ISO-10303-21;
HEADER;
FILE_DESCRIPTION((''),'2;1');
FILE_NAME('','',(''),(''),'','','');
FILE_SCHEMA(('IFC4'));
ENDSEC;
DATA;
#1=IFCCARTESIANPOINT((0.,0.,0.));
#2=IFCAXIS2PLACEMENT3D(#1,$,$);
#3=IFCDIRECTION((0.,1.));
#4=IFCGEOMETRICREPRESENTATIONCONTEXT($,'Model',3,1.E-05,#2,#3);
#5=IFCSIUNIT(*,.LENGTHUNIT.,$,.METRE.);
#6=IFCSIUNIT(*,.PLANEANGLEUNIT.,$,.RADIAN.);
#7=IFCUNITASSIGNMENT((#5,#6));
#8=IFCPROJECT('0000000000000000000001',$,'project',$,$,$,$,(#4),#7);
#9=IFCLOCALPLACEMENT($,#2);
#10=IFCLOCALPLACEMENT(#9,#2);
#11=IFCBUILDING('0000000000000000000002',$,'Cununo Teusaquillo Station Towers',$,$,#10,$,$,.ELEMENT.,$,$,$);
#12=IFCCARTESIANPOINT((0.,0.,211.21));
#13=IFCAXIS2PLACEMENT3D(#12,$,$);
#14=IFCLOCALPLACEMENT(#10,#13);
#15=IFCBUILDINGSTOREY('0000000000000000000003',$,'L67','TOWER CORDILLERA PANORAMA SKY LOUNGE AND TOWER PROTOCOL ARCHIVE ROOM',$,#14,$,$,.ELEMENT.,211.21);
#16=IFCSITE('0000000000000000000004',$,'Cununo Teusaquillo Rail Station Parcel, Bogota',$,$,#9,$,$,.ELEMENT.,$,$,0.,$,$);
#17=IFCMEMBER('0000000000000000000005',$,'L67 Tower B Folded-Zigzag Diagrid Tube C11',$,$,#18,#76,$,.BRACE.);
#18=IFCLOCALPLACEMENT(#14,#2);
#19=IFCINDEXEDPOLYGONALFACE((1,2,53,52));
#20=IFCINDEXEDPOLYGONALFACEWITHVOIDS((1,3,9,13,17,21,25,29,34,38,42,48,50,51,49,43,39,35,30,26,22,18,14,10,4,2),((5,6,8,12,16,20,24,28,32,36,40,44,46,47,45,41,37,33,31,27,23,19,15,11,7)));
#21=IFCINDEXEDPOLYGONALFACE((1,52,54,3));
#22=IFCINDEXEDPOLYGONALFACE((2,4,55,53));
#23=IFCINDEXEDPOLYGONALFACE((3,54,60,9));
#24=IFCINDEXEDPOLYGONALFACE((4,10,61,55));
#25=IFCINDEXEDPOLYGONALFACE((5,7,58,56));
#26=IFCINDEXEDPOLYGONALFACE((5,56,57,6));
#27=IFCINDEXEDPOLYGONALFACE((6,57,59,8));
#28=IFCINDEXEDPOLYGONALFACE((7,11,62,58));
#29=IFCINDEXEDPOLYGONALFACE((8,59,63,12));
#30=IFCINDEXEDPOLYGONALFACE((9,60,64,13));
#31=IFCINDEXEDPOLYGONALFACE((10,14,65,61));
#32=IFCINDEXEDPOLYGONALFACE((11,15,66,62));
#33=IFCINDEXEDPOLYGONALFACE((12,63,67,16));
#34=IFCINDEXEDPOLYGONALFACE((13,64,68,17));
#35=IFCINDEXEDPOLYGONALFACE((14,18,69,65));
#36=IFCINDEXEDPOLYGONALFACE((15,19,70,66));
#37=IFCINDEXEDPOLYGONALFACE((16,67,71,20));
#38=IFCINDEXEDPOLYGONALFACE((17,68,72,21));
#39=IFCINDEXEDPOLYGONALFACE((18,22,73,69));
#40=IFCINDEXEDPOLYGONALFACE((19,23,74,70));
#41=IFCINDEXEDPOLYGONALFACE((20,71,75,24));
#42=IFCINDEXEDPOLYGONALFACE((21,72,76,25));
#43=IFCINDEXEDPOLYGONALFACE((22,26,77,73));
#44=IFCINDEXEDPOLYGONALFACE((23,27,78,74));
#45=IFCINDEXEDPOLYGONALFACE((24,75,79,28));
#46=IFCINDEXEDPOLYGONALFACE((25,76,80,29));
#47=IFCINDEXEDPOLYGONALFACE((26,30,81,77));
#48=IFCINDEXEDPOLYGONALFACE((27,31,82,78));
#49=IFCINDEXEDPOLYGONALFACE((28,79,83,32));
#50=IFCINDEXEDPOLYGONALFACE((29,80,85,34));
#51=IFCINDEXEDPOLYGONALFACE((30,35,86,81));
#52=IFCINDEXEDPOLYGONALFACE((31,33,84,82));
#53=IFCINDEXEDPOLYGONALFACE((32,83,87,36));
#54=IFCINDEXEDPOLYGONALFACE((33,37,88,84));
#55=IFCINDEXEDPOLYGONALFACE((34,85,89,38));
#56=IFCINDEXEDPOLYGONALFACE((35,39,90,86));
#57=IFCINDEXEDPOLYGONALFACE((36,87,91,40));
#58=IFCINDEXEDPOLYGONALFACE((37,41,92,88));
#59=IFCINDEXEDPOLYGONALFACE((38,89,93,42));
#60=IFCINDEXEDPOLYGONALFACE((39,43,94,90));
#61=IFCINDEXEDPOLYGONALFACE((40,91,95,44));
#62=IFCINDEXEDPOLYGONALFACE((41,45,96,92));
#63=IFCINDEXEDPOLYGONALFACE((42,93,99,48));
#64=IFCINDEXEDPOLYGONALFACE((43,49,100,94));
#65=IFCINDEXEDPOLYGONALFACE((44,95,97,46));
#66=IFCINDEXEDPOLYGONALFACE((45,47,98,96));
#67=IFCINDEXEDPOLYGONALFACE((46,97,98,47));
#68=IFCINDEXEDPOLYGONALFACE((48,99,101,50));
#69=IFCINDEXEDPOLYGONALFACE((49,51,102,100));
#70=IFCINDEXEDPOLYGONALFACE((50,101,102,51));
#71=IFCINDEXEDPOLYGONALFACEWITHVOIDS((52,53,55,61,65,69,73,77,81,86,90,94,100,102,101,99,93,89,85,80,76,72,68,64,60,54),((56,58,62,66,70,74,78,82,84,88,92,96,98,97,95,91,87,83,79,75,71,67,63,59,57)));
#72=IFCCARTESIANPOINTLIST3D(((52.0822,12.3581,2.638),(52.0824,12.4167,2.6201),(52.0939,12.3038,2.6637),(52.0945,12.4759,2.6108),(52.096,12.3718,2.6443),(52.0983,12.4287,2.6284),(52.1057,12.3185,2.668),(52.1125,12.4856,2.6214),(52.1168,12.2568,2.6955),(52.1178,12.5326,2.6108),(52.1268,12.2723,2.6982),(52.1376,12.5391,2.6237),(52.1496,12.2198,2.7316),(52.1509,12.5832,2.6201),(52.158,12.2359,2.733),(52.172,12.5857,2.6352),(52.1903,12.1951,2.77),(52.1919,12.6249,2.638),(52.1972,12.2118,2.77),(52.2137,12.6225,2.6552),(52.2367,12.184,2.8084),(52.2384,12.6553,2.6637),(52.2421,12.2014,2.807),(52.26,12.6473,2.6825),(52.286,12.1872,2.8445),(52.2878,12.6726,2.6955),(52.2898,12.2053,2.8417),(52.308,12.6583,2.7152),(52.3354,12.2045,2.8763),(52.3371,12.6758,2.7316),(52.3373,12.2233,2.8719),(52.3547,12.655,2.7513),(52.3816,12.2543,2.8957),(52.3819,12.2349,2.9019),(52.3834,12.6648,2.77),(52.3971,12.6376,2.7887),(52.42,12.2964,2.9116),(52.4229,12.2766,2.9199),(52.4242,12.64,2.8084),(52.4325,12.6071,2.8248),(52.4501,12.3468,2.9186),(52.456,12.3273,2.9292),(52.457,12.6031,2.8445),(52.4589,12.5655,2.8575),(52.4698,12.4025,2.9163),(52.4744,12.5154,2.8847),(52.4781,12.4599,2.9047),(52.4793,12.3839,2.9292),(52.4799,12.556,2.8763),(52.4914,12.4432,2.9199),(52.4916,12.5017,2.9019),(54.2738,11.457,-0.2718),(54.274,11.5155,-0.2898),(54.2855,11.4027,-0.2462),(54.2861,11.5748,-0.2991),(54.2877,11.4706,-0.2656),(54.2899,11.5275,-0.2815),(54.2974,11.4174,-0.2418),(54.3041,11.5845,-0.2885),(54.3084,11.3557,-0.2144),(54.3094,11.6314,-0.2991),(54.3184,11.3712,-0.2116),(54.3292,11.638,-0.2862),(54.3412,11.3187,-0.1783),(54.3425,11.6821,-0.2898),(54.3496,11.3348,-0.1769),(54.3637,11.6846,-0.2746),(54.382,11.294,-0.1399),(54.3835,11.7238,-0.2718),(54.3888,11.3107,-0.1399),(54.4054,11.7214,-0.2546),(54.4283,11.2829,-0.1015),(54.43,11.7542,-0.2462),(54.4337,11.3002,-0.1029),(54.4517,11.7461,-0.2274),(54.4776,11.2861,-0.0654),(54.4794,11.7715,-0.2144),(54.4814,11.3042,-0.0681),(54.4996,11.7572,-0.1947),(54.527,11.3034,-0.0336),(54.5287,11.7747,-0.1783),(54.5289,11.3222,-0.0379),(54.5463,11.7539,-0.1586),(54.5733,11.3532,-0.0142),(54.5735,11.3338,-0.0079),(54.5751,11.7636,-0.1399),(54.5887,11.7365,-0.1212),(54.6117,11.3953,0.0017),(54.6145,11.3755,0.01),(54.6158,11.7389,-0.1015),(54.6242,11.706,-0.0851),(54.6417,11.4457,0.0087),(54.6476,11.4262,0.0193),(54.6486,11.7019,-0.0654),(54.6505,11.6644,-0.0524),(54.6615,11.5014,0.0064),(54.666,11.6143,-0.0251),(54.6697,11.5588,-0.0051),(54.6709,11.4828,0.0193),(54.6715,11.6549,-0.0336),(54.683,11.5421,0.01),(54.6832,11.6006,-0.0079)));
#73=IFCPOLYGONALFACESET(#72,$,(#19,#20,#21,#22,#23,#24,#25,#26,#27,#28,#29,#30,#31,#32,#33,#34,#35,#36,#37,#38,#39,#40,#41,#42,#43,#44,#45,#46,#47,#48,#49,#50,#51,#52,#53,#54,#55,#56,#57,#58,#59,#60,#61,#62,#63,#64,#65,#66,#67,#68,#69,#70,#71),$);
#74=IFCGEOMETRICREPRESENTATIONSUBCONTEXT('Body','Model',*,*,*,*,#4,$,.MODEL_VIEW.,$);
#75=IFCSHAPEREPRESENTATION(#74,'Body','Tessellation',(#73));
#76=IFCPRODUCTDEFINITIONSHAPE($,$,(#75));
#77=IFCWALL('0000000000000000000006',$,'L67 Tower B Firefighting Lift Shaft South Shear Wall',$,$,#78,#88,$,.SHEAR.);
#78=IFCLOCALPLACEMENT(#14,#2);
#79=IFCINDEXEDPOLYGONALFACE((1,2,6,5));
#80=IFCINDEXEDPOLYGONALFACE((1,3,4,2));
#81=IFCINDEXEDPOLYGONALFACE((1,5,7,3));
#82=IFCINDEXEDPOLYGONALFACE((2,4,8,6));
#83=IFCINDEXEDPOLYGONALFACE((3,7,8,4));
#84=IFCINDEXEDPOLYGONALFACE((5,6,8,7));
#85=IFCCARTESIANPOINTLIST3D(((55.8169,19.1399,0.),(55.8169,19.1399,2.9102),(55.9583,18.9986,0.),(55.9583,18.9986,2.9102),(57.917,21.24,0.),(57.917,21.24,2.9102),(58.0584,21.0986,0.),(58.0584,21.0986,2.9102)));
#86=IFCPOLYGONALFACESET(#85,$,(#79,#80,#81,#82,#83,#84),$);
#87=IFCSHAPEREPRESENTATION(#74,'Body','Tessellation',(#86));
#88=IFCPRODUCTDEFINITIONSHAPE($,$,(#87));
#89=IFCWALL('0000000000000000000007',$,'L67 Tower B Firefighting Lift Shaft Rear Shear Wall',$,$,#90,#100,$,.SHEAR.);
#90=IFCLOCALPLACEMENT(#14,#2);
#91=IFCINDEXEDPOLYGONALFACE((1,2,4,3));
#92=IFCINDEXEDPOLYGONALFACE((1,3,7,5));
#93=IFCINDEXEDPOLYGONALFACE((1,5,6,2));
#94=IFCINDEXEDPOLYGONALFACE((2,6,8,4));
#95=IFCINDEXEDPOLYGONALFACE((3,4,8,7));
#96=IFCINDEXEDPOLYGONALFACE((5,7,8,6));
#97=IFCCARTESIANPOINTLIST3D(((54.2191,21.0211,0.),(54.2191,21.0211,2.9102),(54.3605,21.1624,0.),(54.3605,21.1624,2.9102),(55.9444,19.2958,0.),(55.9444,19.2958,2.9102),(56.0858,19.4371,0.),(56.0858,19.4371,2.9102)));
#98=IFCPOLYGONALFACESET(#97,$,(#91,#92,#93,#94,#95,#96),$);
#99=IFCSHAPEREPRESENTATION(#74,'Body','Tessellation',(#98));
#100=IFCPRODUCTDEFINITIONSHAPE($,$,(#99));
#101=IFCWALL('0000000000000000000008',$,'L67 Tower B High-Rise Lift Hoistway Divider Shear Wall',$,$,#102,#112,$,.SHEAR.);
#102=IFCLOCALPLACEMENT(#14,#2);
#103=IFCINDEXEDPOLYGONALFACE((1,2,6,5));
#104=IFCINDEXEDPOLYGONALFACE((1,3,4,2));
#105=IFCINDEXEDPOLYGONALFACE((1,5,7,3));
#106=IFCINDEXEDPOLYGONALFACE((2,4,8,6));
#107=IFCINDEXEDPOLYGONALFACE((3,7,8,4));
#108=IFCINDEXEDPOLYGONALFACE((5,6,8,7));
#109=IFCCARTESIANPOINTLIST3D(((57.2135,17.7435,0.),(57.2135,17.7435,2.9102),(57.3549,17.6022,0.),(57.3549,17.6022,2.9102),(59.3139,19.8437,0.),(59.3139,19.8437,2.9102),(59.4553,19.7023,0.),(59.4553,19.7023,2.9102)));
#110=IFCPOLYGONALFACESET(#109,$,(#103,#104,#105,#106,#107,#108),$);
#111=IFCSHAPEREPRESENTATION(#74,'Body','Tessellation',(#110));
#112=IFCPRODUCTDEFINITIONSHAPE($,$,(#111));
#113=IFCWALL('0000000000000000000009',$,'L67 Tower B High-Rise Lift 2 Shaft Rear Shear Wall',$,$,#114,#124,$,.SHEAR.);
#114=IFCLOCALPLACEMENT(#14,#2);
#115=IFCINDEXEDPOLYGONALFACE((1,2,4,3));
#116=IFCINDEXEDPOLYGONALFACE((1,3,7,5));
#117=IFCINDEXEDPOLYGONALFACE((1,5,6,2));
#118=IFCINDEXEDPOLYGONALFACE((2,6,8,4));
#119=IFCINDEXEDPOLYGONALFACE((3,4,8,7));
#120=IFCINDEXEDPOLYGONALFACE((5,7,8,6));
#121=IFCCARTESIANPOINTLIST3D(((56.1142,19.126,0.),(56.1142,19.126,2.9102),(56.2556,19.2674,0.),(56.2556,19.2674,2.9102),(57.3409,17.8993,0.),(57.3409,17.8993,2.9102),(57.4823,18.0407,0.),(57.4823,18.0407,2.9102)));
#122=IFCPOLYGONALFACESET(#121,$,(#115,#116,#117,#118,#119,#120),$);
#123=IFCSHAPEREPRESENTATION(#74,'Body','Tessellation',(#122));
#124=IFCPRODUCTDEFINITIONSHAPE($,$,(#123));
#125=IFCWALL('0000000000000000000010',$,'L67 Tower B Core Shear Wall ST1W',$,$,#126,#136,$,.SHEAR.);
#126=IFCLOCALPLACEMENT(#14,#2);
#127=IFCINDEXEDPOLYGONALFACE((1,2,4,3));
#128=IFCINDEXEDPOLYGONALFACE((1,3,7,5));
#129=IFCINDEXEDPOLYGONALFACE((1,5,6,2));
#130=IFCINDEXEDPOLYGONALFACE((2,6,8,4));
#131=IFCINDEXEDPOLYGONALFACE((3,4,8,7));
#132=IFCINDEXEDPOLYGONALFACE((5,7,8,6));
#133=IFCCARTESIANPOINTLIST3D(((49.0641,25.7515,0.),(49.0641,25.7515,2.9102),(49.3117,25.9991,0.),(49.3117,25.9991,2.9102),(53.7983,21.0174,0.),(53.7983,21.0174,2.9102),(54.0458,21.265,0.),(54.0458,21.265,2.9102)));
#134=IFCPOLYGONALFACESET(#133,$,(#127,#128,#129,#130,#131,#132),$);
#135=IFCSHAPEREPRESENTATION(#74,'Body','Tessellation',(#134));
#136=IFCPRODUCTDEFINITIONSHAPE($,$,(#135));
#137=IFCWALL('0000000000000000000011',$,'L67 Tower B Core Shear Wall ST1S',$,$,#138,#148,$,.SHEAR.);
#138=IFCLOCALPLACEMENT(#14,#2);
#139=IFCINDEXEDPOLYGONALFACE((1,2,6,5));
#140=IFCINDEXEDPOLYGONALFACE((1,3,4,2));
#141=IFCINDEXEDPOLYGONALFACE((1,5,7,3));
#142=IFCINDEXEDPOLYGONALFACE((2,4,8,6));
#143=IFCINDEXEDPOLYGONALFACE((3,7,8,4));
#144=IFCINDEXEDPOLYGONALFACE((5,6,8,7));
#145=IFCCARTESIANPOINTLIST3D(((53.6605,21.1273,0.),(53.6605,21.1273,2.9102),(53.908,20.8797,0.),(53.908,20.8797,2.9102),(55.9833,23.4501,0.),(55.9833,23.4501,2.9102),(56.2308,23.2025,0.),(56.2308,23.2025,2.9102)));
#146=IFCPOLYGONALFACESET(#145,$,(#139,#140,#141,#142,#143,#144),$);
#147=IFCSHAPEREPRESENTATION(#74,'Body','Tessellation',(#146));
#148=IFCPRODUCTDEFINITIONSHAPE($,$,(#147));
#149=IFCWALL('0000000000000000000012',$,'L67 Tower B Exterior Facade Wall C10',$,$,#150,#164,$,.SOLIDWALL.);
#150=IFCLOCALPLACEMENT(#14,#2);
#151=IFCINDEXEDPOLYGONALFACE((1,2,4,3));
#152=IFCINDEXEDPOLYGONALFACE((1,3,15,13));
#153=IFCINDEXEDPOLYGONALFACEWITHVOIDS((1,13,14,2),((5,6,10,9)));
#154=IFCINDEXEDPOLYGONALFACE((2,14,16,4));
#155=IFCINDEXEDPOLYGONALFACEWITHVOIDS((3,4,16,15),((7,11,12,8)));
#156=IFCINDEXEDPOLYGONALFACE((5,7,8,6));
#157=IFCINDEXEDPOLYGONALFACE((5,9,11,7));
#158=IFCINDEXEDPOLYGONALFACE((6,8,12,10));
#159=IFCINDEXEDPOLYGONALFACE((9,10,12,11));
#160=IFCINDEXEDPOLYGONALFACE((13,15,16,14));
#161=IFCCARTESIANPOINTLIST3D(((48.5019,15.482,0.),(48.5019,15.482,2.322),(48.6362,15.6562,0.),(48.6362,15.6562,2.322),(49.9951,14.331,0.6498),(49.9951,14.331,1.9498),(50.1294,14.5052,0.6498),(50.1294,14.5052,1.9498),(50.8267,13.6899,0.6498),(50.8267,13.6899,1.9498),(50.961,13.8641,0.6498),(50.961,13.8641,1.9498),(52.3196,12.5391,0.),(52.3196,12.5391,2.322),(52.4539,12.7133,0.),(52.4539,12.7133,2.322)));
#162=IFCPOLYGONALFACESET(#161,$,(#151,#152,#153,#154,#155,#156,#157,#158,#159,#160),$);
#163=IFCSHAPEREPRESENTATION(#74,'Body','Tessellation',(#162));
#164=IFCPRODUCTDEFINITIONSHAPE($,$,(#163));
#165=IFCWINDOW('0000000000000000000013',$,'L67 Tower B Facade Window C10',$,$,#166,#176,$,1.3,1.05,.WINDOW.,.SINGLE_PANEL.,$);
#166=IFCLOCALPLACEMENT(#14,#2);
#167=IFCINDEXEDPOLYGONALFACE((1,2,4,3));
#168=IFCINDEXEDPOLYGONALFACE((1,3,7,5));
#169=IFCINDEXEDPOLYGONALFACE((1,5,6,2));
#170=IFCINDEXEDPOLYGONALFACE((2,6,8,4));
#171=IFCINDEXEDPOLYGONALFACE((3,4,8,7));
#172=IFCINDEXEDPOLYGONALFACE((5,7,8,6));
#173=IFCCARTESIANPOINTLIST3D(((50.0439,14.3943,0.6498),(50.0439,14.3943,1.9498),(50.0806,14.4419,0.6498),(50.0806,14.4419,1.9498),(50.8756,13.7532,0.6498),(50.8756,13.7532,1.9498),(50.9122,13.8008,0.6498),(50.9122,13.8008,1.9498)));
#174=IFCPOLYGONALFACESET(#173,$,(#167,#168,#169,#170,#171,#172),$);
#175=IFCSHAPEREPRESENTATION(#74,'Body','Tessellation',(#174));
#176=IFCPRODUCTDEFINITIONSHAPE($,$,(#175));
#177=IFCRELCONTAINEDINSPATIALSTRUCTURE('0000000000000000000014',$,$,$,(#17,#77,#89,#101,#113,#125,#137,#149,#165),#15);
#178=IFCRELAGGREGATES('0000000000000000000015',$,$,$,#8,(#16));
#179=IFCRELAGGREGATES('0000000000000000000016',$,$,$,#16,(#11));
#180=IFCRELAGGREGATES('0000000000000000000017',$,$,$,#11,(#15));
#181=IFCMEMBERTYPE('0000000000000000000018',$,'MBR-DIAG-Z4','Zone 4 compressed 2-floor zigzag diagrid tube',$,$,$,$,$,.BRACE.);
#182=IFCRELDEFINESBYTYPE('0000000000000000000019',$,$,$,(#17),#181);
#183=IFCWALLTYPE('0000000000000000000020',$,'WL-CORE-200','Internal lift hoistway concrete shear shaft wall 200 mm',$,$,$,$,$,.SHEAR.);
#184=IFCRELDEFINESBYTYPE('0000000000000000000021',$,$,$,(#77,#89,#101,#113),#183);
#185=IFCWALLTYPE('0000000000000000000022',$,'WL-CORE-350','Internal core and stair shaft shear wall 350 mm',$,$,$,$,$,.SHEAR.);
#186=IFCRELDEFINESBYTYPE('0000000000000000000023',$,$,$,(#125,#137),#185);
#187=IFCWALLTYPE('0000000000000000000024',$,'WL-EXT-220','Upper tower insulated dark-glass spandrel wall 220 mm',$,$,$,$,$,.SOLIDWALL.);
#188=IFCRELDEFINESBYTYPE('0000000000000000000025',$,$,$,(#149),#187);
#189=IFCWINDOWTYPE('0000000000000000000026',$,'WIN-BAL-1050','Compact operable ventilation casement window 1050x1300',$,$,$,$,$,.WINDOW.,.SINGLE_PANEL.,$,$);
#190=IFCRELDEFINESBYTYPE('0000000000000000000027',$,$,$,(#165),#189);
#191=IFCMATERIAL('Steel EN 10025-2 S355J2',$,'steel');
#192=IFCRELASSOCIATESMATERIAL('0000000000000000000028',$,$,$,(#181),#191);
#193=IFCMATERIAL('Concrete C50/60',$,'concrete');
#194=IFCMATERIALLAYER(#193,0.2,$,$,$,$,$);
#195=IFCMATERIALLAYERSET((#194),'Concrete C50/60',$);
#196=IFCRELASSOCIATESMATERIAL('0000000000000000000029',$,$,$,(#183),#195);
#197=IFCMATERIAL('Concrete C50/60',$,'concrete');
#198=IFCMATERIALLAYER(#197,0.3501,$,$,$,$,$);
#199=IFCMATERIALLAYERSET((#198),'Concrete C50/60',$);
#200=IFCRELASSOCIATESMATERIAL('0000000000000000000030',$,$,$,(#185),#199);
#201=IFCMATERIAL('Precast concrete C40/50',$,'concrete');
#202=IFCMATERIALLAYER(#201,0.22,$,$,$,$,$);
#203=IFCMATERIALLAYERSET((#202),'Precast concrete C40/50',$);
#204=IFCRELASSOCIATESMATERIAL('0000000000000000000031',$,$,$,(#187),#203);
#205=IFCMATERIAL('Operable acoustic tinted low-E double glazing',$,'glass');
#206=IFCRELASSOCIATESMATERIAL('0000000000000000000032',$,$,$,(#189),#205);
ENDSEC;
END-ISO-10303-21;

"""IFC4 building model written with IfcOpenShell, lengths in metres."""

from ifc_helpers import new_model, si_unit, direction, frame, frame_2d, origin, origin_2d, place, context, subcontext, project, spatial, rectangle, hollow_circle, extrude, source, transform, mapped, material, layer, layer_set, material_profile, profile_set, type_object, element, fill, save


model = new_model("IFC4")

# Units and contexts
model_context = context("Model", 3, precision=1e-05, world=origin(), true_north=direction((0.0, 1.0)))
body_context = subcontext(model_context, "Body", "Model", "MODEL_VIEW")
ifc_project = project(units=[si_unit("LENGTHUNIT", "METRE"), si_unit("PLANEANGLEUNIT", "RADIAN")], contexts=[model_context])

# Site, building, storey
site_placement = place(None, origin())
site = spatial("IfcSite", under=ifc_project, at=site_placement, Name="Cununo Teusaquillo Rail Station Parcel, Bogota", CompositionType="ELEMENT", RefElevation=0.0)
building_placement = place(site_placement, origin())
building = spatial("IfcBuilding", under=site, at=building_placement, Name="Cununo Teusaquillo Station Towers", CompositionType="ELEMENT")
storey_placement = place(building_placement, frame((0.0, 0.0, 211.21)))
storey = spatial("IfcBuildingStorey", under=building, at=storey_placement, Name="L67", Description="TOWER CORDILLERA PANORAMA SKY LOUNGE AND TOWER PROTOCOL ARCHIVE ROOM", CompositionType="ELEMENT", Elevation=211.21)

# Member
ifc_material_1 = material(Name="Steel EN 10025-2 S355J2", Category="steel")
ifc_material_profile_1 = material_profile(ifc_material_1, hollow_circle(Radius=0.2539, WallThickness=0.0181, at=origin_2d()), Name="CHS 508x18")
ifc_profile_set_1 = profile_set([ifc_material_profile_1], Name="Steel EN 10025-2 S355J2")
member_type = type_object("IfcMemberType", Name="MBR-DIAG-Z4", Description="Zone 4 compressed 2-floor zigzag diagrid tube", PredefinedType="BRACE", material=ifc_profile_set_1)
member_placement = place(storey_placement, frame((54.4785, 11.5288, -0.1399), z_axis=(-0.584016, 0.240125, 0.775413), x_axis=(-0.380273, -0.924874, 0.0)))
element("IfcMember", 1, at=member_placement, inside=storey, type_object=member_type, Name="L67 Tower B Folded-Zigzag Diagrid Tube C11", PredefinedType="BRACE", context=body_context, shape_type="SweptSolid", body=[
    extrude(hollow_circle(Radius=0.2539, WallThickness=0.0181, at=origin_2d()), origin(), (0.0, 0.0, 1.0), 3.7527),
])

# Walls
ifc_material_2 = material(Name="Concrete C50/60", Category="concrete")
ifc_layer_1 = layer(ifc_material_2, 0.2)
ifc_layer_set_1 = layer_set([ifc_layer_1], Name="Concrete C50/60")
wall_type_1 = type_object("IfcWallType", Name="WL-CORE-200", Description="Internal lift hoistway concrete shear shaft wall 200 mm", PredefinedType="SHEAR", material=ifc_layer_set_1)
wall_1_placement = place(storey_placement, frame((55.8877, 19.0693, 0.0), z_axis=(0.0, 0.0, 1.0), x_axis=(0.707107, 0.707107, 0.0)))
element("IfcWall", 2, at=wall_1_placement, inside=storey, type_object=wall_type_1, Name="L67 Tower B Firefighting Lift Shaft South Shear Wall", PredefinedType="SHEAR", context=body_context, shape_type="SweptSolid", body=[
    extrude(rectangle(XDim=2.97, YDim=0.2, at=frame_2d((1.4849, 0.0))), origin(), (0.0, 0.0, 1.0), 2.9102),
])
wall_2_placement = place(storey_placement, frame((56.0151, 19.3665, 0.0), z_axis=(0.0, 0.0, 1.0), x_axis=(-0.707107, 0.707107, 0.0)))
element("IfcWall", 3, at=wall_2_placement, inside=storey, type_object=wall_type_1, Name="L67 Tower B Firefighting Lift Shaft Rear Shear Wall", PredefinedType="SHEAR", context=body_context, shape_type="SweptSolid", body=[
    extrude(rectangle(XDim=2.4399, YDim=0.2, at=frame_2d((1.22, 0.0))), origin(), (0.0, 0.0, 1.0), 2.9102),
])
wall_3_placement = place(storey_placement, frame((57.2842, 17.6729, 0.0), z_axis=(0.0, 0.0, 1.0), x_axis=(0.707148, 0.707066, 0.0)))
element("IfcWall", 4, at=wall_3_placement, inside=storey, type_object=wall_type_1, Name="L67 Tower B High-Rise Lift Hoistway Divider Shear Wall", PredefinedType="SHEAR", context=body_context, shape_type="SweptSolid", body=[
    extrude(rectangle(XDim=2.9702, YDim=0.2, at=frame_2d((1.4851, 0.0))), origin(), (0.0, 0.0, 1.0), 2.9102),
])
wall_4_placement = place(storey_placement, frame((57.4116, 17.97, 0.0), z_axis=(0.0, 0.0, 1.0), x_axis=(-0.707107, 0.707107, 0.0)))
element("IfcWall", 5, at=wall_4_placement, inside=storey, type_object=wall_type_1, Name="L67 Tower B High-Rise Lift 2 Shaft Rear Shear Wall", PredefinedType="SHEAR", context=body_context, shape_type="SweptSolid", body=[
    extrude(rectangle(XDim=1.7349, YDim=0.2, at=frame_2d((0.8674, 0.0))), origin(), (0.0, 0.0, 1.0), 2.9102),
])
ifc_material_3 = material(Name="Concrete C50/60", Category="concrete")
ifc_layer_2 = layer(ifc_material_3, 0.3501)
ifc_layer_set_2 = layer_set([ifc_layer_2], Name="Concrete C50/60")
wall_type_2 = type_object("IfcWallType", Name="WL-CORE-350", Description="Internal core and stair shaft shear wall 350 mm", PredefinedType="SHEAR", material=ifc_layer_set_2)
wall_5_placement = place(storey_placement, frame((53.9221, 21.1411, 0.0), z_axis=(0.0, 0.0, 1.0), x_axis=(-0.707107, 0.707107, 0.0)))
element("IfcWall", 6, at=wall_5_placement, inside=storey, type_object=wall_type_2, Name="L67 Tower B Core Shear Wall ST1W", PredefinedType="SHEAR", context=body_context, shape_type="SweptSolid", body=[
    extrude(rectangle(XDim=6.6951, YDim=0.3501, at=frame_2d((3.3477, 0.0))), origin(), (0.0, 0.0, 1.0), 2.9102),
])
wall_6_placement = place(storey_placement, frame((53.7842, 21.0034, 0.0), z_axis=(0.0, 0.0, 1.0), x_axis=(0.707107, 0.707107, 0.0)))
element("IfcWall", 7, at=wall_6_placement, inside=storey, type_object=wall_type_2, Name="L67 Tower B Core Shear Wall ST1S", PredefinedType="SHEAR", context=body_context, shape_type="SweptSolid", body=[
    extrude(rectangle(XDim=3.2849, YDim=0.3501, at=frame_2d((1.6426, 0.0))), origin(), (0.0, 0.0, 1.0), 2.9102),
])

# Wall, opening, window
ifc_material_4 = material(Name="Precast concrete C40/50", Category="concrete")
ifc_layer_3 = layer(ifc_material_4, 0.22)
ifc_layer_set_3 = layer_set([ifc_layer_3], Name="Precast concrete C40/50")
wall_type_3 = type_object("IfcWallType", Name="WL-EXT-220", Description="Upper tower insulated dark-glass spandrel wall 220 mm", PredefinedType="SOLIDWALL", material=ifc_layer_set_3)
wall_7_placement = place(storey_placement, frame((52.3867, 12.6262, 0.0), z_axis=(0.0, 0.0, 1.0), x_axis=(-0.791998, 0.610523, 0.0)))
wall_7 = element("IfcWall", 8, at=wall_7_placement, inside=storey, type_object=wall_type_3, Name="L67 Tower B Exterior Facade Wall C10", PredefinedType="SOLIDWALL", context=body_context, shape_type="SweptSolid", body=[
    extrude(rectangle(XDim=4.8203, YDim=0.22, at=frame_2d((2.4102, 0.0))), origin(), (0.0, 0.0, 1.0), 2.322),
])
shared_shape_1 = source(origin(), body_context, "Body", "SweptSolid", [
    extrude(rectangle(XDim=1.05, YDim=1.3, at=frame_2d((0.5249, 0.6499))), frame((0.0, 0.1199, 0.0), z_axis=(0.0, -1.0, 0.0), x_axis=(1.0, 0.0, 0.0)), (0.0, 0.0, 1.0), 0.24),
])
opening_1_placement = place(wall_7_placement, frame((1.885, 0.0, 0.6499)))
opening_1 = element("IfcOpeningElement", 9, at=opening_1_placement, cuts=wall_7, PredefinedType="OPENING", context=body_context, shape_type="MappedRepresentation", body=[
    mapped(shared_shape_1, transform((0.0, 0.0, 0.0), x_axis=(1.0, 0.0, 0.0), y_axis=(0.0, 1.0, 0.0), z_axis=(0.0, 0.0, 1.0), scale=1.0)),
])
ifc_material_5 = material(Name="Operable acoustic tinted low-E double glazing", Category="glass")
window_type = type_object("IfcWindowType", Name="WIN-BAL-1050", Description="Compact operable ventilation casement window 1050x1300", PartitioningType="SINGLE_PANEL", PredefinedType="WINDOW", material=ifc_material_5)
shared_shape_2 = source(origin(), body_context, "Body", "SweptSolid", [
    extrude(rectangle(XDim=1.05, YDim=1.3, at=frame_2d((0.5249, 0.6499))), frame((0.0, 0.03, 0.0), z_axis=(0.0, -1.0, 0.0), x_axis=(1.0, 0.0, 0.0)), (0.0, 0.0, 1.0), 0.0601),
])
window_placement = place(opening_1_placement, origin())
window = element("IfcWindow", 10, at=window_placement, inside=storey, type_object=window_type, Name="L67 Tower B Facade Window C10", OverallHeight=1.3, OverallWidth=1.05, PartitioningType="SINGLE_PANEL", PredefinedType="WINDOW", context=body_context, shape_type="MappedRepresentation", body=[
    mapped(shared_shape_2, transform((0.0, 0.0, 0.0), x_axis=(1.0, 0.0, 0.0), y_axis=(0.0, 1.0, 0.0), z_axis=(0.0, 0.0, 1.0), scale=1.0)),
])
fill(opening_1, window)

save(model, "model.ifc")
